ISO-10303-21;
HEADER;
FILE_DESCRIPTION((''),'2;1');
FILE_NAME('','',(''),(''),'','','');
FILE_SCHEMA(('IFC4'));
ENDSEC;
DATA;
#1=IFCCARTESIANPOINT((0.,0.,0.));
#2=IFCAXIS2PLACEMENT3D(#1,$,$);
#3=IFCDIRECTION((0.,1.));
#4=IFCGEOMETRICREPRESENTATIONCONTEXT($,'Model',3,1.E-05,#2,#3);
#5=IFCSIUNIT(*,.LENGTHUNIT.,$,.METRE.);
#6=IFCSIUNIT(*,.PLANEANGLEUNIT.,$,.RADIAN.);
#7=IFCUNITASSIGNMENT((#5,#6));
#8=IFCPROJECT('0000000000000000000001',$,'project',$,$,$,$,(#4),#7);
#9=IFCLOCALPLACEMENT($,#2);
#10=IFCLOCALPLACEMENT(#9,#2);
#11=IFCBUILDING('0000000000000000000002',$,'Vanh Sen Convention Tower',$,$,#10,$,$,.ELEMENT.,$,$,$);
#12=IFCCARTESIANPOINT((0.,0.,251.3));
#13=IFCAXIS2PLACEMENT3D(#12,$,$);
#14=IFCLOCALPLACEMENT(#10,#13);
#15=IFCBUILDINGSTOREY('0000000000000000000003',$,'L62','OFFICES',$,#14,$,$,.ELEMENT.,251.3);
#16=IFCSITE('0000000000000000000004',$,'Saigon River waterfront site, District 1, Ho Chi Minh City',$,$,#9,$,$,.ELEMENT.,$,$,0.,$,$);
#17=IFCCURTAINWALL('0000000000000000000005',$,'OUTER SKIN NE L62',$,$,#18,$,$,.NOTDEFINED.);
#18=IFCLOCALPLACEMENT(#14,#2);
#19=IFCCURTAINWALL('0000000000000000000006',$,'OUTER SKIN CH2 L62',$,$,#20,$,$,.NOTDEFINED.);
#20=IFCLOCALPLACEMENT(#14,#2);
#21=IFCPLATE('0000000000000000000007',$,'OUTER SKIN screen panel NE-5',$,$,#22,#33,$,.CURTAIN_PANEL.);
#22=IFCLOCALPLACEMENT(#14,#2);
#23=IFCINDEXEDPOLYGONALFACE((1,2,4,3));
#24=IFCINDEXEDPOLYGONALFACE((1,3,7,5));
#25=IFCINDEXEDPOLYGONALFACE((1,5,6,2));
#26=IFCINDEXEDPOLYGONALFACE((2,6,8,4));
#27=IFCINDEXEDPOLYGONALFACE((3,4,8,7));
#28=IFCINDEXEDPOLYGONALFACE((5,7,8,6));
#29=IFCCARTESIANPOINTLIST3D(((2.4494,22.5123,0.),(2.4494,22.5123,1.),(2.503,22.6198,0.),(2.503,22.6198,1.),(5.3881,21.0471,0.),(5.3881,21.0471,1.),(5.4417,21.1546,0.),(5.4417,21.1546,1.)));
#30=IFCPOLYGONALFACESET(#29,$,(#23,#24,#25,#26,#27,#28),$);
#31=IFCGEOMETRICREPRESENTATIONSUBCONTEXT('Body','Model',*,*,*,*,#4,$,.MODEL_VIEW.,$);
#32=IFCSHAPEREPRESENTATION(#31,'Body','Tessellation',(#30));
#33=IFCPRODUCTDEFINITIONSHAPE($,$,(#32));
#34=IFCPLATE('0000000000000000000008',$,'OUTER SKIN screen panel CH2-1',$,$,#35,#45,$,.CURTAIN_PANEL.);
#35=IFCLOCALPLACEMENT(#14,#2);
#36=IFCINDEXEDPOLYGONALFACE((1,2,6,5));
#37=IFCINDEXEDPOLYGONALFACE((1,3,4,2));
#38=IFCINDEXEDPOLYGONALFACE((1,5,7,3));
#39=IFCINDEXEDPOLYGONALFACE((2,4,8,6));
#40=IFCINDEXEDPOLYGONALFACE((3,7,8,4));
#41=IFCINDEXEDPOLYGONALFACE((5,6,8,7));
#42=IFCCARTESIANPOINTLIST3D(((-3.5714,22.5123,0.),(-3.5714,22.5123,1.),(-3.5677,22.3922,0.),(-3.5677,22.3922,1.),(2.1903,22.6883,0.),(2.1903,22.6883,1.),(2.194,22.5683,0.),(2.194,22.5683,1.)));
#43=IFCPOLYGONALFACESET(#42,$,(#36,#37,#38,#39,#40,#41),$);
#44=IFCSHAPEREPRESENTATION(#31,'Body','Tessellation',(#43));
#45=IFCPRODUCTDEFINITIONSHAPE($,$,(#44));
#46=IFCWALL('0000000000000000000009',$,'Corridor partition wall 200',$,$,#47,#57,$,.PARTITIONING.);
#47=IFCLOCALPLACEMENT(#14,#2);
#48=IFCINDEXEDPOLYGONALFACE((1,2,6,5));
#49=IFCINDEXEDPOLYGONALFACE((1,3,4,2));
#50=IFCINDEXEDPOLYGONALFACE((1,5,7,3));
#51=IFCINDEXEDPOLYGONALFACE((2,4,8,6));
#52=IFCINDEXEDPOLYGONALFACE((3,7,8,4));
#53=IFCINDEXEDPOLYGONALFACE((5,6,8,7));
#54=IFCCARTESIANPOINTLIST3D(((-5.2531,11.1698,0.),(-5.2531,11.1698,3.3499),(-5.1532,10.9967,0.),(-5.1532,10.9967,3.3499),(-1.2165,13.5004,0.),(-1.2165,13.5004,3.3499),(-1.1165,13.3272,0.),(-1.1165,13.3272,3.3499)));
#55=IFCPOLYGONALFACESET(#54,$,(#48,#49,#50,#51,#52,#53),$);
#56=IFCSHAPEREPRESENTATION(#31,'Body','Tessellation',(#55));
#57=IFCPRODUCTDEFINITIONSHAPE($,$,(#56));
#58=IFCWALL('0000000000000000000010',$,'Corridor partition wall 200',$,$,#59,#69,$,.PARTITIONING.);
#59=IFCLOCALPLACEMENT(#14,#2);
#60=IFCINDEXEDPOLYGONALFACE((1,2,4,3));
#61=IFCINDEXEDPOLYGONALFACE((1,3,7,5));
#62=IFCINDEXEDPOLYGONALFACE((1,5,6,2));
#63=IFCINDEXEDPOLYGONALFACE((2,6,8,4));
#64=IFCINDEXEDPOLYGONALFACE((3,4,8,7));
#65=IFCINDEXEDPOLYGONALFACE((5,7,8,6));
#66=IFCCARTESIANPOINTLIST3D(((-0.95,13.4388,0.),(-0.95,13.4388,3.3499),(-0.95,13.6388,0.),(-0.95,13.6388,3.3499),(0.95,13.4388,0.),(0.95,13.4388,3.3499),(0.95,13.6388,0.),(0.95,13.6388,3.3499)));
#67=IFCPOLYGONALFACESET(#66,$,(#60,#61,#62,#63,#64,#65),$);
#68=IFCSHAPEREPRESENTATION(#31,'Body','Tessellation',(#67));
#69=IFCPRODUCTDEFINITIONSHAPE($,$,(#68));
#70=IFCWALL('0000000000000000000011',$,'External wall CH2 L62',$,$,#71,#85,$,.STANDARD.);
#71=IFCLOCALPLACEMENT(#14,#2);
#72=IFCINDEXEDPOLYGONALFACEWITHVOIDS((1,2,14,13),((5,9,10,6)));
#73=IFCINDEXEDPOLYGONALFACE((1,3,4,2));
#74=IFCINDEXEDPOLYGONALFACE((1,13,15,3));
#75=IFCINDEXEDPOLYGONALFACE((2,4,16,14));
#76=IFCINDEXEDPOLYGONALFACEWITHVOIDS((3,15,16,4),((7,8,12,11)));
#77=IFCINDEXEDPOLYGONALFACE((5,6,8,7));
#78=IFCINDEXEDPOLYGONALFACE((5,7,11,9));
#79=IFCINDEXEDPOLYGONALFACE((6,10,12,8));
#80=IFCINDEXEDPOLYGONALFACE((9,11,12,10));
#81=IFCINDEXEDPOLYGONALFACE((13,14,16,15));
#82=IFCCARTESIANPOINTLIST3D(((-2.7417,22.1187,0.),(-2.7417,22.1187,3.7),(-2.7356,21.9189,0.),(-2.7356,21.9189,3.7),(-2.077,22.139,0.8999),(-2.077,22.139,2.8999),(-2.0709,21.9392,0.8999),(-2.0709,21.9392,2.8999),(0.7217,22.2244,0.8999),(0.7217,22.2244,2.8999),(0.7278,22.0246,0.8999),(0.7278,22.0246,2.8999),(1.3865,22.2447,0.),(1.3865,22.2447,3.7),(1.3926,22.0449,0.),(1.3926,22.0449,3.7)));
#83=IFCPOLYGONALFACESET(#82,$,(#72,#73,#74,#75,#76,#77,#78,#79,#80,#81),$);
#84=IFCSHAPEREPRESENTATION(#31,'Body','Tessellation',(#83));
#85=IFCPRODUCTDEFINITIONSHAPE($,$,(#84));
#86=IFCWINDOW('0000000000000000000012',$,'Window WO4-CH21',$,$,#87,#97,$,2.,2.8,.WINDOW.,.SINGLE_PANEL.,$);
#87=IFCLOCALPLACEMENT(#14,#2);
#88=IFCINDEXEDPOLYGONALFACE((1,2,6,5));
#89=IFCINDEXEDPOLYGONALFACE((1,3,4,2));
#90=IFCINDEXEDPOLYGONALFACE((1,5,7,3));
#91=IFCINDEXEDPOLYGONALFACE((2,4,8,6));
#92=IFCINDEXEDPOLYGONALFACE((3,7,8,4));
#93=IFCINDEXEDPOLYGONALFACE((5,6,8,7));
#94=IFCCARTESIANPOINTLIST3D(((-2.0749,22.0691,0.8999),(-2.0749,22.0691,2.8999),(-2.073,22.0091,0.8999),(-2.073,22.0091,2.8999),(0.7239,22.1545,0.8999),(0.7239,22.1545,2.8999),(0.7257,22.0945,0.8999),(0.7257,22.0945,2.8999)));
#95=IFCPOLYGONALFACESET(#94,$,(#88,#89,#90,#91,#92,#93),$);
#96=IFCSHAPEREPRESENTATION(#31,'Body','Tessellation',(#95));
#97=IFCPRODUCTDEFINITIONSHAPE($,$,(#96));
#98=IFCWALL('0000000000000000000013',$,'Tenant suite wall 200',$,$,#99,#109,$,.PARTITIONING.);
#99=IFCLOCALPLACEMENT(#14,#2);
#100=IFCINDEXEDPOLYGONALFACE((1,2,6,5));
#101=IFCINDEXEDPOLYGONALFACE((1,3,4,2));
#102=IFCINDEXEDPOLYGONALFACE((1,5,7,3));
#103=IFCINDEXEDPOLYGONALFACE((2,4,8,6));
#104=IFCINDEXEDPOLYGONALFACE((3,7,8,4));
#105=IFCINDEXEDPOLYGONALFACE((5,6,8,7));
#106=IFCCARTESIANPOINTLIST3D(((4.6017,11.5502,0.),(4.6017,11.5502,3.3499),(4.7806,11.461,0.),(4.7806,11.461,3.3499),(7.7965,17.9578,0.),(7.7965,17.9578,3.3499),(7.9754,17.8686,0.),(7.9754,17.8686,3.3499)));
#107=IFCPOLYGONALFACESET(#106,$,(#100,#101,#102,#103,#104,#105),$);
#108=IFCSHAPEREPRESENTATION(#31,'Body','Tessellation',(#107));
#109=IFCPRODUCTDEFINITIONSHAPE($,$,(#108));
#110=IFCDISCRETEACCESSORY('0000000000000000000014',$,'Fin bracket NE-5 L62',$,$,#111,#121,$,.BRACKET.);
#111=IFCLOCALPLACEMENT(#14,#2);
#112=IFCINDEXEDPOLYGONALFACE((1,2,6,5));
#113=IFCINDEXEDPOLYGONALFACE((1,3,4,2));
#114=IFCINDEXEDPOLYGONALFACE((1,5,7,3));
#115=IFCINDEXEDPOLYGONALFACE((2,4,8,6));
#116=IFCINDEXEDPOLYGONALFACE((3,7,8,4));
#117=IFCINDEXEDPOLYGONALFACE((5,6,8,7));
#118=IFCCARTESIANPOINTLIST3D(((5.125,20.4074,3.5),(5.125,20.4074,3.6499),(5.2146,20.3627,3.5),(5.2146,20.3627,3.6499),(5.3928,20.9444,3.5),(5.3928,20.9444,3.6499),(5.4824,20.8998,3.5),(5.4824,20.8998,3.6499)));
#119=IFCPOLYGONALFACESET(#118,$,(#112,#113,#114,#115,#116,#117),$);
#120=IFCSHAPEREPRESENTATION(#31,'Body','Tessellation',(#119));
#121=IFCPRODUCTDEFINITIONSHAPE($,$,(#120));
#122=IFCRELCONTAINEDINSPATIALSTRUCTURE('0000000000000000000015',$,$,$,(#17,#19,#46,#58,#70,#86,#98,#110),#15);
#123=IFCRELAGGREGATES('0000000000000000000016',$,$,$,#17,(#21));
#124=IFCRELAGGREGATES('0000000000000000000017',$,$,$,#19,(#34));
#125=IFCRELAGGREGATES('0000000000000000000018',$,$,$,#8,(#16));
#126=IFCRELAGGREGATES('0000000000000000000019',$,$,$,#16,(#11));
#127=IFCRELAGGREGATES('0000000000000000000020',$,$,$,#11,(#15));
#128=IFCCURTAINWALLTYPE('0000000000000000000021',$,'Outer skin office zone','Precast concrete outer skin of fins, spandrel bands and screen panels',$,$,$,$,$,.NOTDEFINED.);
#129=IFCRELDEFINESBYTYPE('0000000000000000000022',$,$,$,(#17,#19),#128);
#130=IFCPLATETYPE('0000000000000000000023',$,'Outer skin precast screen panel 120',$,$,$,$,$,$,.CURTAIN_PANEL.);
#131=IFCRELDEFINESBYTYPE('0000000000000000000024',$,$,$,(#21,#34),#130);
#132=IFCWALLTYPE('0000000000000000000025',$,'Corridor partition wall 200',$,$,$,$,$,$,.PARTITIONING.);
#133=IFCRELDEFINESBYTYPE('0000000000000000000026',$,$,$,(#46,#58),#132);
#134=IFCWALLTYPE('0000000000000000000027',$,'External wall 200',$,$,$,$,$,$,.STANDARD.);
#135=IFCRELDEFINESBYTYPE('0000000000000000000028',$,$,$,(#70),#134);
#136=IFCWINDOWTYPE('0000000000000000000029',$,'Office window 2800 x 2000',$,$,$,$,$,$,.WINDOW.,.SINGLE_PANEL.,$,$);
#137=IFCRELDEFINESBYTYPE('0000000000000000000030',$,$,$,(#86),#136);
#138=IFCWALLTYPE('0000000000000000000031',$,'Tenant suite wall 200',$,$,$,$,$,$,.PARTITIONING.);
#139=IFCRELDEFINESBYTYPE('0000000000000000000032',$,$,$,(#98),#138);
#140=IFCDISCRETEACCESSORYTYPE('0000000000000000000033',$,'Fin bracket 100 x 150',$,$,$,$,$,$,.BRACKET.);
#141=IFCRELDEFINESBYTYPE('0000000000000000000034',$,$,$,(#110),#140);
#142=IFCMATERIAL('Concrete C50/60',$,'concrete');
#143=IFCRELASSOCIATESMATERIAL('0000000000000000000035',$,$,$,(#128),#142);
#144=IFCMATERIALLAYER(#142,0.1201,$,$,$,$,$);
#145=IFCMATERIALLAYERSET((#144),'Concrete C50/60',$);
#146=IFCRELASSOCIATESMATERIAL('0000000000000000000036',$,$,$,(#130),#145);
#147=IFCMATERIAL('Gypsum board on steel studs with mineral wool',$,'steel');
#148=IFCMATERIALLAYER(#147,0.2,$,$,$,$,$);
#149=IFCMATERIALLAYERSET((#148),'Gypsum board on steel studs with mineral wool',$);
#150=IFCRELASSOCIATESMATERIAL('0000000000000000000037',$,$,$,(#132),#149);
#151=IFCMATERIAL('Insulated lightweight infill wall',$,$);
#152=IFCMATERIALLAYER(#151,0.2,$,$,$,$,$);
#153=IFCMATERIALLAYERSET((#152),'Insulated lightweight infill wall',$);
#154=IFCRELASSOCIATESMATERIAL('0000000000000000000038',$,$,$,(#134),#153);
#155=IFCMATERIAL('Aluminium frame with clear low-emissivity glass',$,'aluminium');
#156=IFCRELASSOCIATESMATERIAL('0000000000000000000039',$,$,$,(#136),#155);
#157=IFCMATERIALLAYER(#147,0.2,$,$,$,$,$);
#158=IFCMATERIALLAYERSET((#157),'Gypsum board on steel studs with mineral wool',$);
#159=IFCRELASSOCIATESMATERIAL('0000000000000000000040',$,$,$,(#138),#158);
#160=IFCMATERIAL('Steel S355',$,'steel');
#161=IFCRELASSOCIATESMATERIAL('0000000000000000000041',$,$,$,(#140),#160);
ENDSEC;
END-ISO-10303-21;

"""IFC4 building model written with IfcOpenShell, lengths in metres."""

from ifc_helpers import new_model, si_unit, direction, frame, frame_2d, origin, origin_2d, place, context, subcontext, project, spatial, rectangle, extrude, material, layer, layer_set, type_object, element, fill, aggregate, save


model = new_model("IFC4")

# Units and contexts
model_context = context("Model", 3, precision=1e-05, world=origin(), true_north=direction((0.0, 1.0)))
body_context = subcontext(model_context, "Body", "Model", "MODEL_VIEW")
ifc_project = project(units=[si_unit("LENGTHUNIT", "METRE"), si_unit("PLANEANGLEUNIT", "RADIAN")], contexts=[model_context])

# Site, building, storey
site_placement = place(None, origin())
site = spatial("IfcSite", under=ifc_project, at=site_placement, Name="Saigon River waterfront site, District 1, Ho Chi Minh City", CompositionType="ELEMENT", RefElevation=0.0)
building_placement = place(site_placement, origin())
building = spatial("IfcBuilding", under=site, at=building_placement, Name="Vanh Sen Convention Tower", CompositionType="ELEMENT")
storey_placement = place(building_placement, frame((0.0, 0.0, 251.3)))
storey = spatial("IfcBuildingStorey", under=building, at=storey_placement, Name="L62", Description="OFFICES", CompositionType="ELEMENT", Elevation=251.3)

# Curtain wall
ifc_material_1 = material(Name="Concrete C50/60", Category="concrete")
curtain_wall_type = type_object("IfcCurtainWallType", Name="Outer skin office zone", Description="Precast concrete outer skin of fins, spandrel bands and screen panels", PredefinedType="NOTDEFINED", material=ifc_material_1)
curtain_wall_1_placement = place(storey_placement, origin())
curtain_wall_1 = element("IfcCurtainWall", 1, at=curtain_wall_1_placement, inside=storey, type_object=curtain_wall_type, Name="OUTER SKIN NE L62", PredefinedType="NOTDEFINED")

# Curtain wall
curtain_wall_2_placement = place(storey_placement, origin())
curtain_wall_2 = element("IfcCurtainWall", 2, at=curtain_wall_2_placement, inside=storey, type_object=curtain_wall_type, Name="OUTER SKIN CH2 L62", PredefinedType="NOTDEFINED")

# Plates
ifc_layer_1 = layer(ifc_material_1, 0.1201)
ifc_layer_set_1 = layer_set([ifc_layer_1], Name="Concrete C50/60")
plate_type = type_object("IfcPlateType", Name="Outer skin precast screen panel 120", PredefinedType="CURTAIN_PANEL", material=ifc_layer_set_1)
plate_1_placement = place(storey_placement, frame((3.9456, 21.8335, 0.0), z_axis=(0.0, 0.0, 1.0), x_axis=(-0.89493, 0.446206, 0.0)))
plate_1 = element("IfcPlate", 3, at=plate_1_placement, type_object=plate_type, Name="OUTER SKIN screen panel NE-5", PredefinedType="CURTAIN_PANEL", context=body_context, shape_type="SweptSolid", body=[
    extrude(rectangle(XDim=3.2837, YDim=0.1201, at=origin_2d()), origin(), (0.0, 0.0, 1.0), 1.0),
])
aggregate(curtain_wall_1, [plate_1])
plate_2_placement = place(storey_placement, frame((-0.6887, 22.5403, 0.0), z_axis=(0.0, 0.0, 1.0), x_axis=(-0.999533, -0.030544, 0.0)))
plate_2 = element("IfcPlate", 4, at=plate_2_placement, type_object=plate_type, Name="OUTER SKIN screen panel CH2-1", PredefinedType="CURTAIN_PANEL", context=body_context, shape_type="SweptSolid", body=[
    extrude(rectangle(XDim=5.7644, YDim=0.1201, at=origin_2d()), origin(), (0.0, 0.0, 1.0), 1.0),
])
aggregate(curtain_wall_2, [plate_2])

# Walls
ifc_material_2 = material(Name="Gypsum board on steel studs with mineral wool", Category="steel")
ifc_layer_2 = layer(ifc_material_2, 0.2)
ifc_layer_set_2 = layer_set([ifc_layer_2], Name="Gypsum board on steel studs with mineral wool")
wall_type_1 = type_object("IfcWallType", Name="Corridor partition wall 200", PredefinedType="PARTITIONING", material=ifc_layer_set_2)
wall_1_placement = place(storey_placement, frame((-1.1665, 13.4138, 0.0), z_axis=(0.0, 0.0, 1.0), x_axis=(-0.866023, -0.500004, 0.0)))
element("IfcWall", 5, at=wall_1_placement, inside=storey, type_object=wall_type_1, Name="Corridor partition wall 200", PredefinedType="PARTITIONING", context=body_context, shape_type="SweptSolid", body=[
    extrude(rectangle(XDim=4.6611, YDim=0.2, at=frame_2d((2.3306, 0.0))), origin(), (0.0, 0.0, 1.0), 3.3499),
])
wall_2_placement = place(storey_placement, frame((0.95, 13.5388, 0.0), z_axis=(0.0, 0.0, 1.0), x_axis=(-1.0, 0.0, 0.0)))
element("IfcWall", 6, at=wall_2_placement, inside=storey, type_object=wall_type_1, Name="Corridor partition wall 200", PredefinedType="PARTITIONING", context=body_context, shape_type="SweptSolid", body=[
    extrude(rectangle(XDim=1.8999, YDim=0.2, at=frame_2d((0.95, 0.0))), origin(), (0.0, 0.0, 1.0), 3.3499),
])

# Wall, opening, window
ifc_material_3 = material(Name="Insulated lightweight infill wall")
ifc_layer_3 = layer(ifc_material_3, 0.2)
ifc_layer_set_3 = layer_set([ifc_layer_3], Name="Insulated lightweight infill wall")
wall_type_2 = type_object("IfcWallType", Name="External wall 200", PredefinedType="STANDARD", material=ifc_layer_set_3)
wall_3_placement = place(storey_placement, frame((1.3894, 22.1448, 0.0), z_axis=(0.0, 0.0, 1.0), x_axis=(-0.999535, -0.030502, 0.0)))
wall_3 = element("IfcWall", 7, at=wall_3_placement, inside=storey, type_object=wall_type_2, Name="External wall CH2 L62", PredefinedType="STANDARD", context=body_context, shape_type="SweptSolid", body=[
    extrude(rectangle(XDim=4.1301, YDim=0.2, at=frame_2d((2.0649, 0.0))), origin(), (0.0, 0.0, 1.0), 3.7),
])
opening_placement = place(wall_3_placement, frame((0.665, 0.0, 0.8999)))
opening = element("IfcOpeningElement", 8, at=opening_placement, cuts=wall_3, PredefinedType="OPENING", context=body_context, shape_type="SweptSolid", body=[
    extrude(rectangle(XDim=2.8, YDim=2.0, at=frame_2d((1.3999, 1.0))), frame((0.0, 0.1099, 0.0), z_axis=(0.0, -1.0, 0.0), x_axis=(1.0, 0.0, 0.0)), (0.0, 0.0, 1.0), 0.22),
])
ifc_material_4 = material(Name="Aluminium frame with clear low-emissivity glass", Category="aluminium")
window_type = type_object("IfcWindowType", Name="Office window 2800 x 2000", PartitioningType="SINGLE_PANEL", PredefinedType="WINDOW", material=ifc_material_4)
window_placement = place(opening_placement, origin())
window = element("IfcWindow", 9, at=window_placement, inside=storey, type_object=window_type, Name="Window WO4-CH21", OverallHeight=2.0, OverallWidth=2.8, PartitioningType="SINGLE_PANEL", PredefinedType="WINDOW", context=body_context, shape_type="SweptSolid", body=[
    extrude(rectangle(XDim=2.8, YDim=2.0, at=frame_2d((1.3999, 1.0))), frame((0.0, 0.03, 0.0), z_axis=(0.0, -1.0, 0.0), x_axis=(1.0, 0.0, 0.0)), (0.0, 0.0, 1.0), 0.0601),
])
fill(opening, window)

# Wall
ifc_layer_4 = layer(ifc_material_2, 0.2)
ifc_layer_set_4 = layer_set([ifc_layer_4], Name="Gypsum board on steel studs with mineral wool")
wall_type_3 = type_object("IfcWallType", Name="Tenant suite wall 200", PredefinedType="PARTITIONING", material=ifc_layer_set_4)
wall_4_placement = place(storey_placement, frame((7.886, 17.9133, 0.0), z_axis=(0.0, 0.0, 1.0), x_axis=(-0.446204, -0.894931, 0.0)))
element("IfcWall", 10, at=wall_4_placement, inside=storey, type_object=wall_type_3, Name="Tenant suite wall 200", PredefinedType="PARTITIONING", context=body_context, shape_type="SweptSolid", body=[
    extrude(rectangle(XDim=7.1599, YDim=0.2, at=frame_2d((3.5801, 0.0))), origin(), (0.0, 0.0, 1.0), 3.3499),
])

# Discrete accessory
ifc_material_5 = material(Name="Steel S355", Category="steel")
discrete_accessory_type = type_object("IfcDiscreteAccessoryType", Name="Fin bracket 100 x 150", PredefinedType="BRACKET", material=ifc_material_5)
discrete_accessory_placement = place(storey_placement, frame((5.3037, 20.6536, 3.5), z_axis=(0.0, 0.0, 1.0), x_axis=(0.446198, 0.894934, 0.0)))
element("IfcDiscreteAccessory", 11, at=discrete_accessory_placement, inside=storey, type_object=discrete_accessory_type, Name="Fin bracket NE-5 L62", PredefinedType="BRACKET", context=body_context, shape_type="SweptSolid", body=[
    extrude(rectangle(XDim=0.6001, YDim=0.1001, at=origin_2d()), origin(), (0.0, 0.0, 1.0), 0.1499),
])

save(model, "model.ifc")
